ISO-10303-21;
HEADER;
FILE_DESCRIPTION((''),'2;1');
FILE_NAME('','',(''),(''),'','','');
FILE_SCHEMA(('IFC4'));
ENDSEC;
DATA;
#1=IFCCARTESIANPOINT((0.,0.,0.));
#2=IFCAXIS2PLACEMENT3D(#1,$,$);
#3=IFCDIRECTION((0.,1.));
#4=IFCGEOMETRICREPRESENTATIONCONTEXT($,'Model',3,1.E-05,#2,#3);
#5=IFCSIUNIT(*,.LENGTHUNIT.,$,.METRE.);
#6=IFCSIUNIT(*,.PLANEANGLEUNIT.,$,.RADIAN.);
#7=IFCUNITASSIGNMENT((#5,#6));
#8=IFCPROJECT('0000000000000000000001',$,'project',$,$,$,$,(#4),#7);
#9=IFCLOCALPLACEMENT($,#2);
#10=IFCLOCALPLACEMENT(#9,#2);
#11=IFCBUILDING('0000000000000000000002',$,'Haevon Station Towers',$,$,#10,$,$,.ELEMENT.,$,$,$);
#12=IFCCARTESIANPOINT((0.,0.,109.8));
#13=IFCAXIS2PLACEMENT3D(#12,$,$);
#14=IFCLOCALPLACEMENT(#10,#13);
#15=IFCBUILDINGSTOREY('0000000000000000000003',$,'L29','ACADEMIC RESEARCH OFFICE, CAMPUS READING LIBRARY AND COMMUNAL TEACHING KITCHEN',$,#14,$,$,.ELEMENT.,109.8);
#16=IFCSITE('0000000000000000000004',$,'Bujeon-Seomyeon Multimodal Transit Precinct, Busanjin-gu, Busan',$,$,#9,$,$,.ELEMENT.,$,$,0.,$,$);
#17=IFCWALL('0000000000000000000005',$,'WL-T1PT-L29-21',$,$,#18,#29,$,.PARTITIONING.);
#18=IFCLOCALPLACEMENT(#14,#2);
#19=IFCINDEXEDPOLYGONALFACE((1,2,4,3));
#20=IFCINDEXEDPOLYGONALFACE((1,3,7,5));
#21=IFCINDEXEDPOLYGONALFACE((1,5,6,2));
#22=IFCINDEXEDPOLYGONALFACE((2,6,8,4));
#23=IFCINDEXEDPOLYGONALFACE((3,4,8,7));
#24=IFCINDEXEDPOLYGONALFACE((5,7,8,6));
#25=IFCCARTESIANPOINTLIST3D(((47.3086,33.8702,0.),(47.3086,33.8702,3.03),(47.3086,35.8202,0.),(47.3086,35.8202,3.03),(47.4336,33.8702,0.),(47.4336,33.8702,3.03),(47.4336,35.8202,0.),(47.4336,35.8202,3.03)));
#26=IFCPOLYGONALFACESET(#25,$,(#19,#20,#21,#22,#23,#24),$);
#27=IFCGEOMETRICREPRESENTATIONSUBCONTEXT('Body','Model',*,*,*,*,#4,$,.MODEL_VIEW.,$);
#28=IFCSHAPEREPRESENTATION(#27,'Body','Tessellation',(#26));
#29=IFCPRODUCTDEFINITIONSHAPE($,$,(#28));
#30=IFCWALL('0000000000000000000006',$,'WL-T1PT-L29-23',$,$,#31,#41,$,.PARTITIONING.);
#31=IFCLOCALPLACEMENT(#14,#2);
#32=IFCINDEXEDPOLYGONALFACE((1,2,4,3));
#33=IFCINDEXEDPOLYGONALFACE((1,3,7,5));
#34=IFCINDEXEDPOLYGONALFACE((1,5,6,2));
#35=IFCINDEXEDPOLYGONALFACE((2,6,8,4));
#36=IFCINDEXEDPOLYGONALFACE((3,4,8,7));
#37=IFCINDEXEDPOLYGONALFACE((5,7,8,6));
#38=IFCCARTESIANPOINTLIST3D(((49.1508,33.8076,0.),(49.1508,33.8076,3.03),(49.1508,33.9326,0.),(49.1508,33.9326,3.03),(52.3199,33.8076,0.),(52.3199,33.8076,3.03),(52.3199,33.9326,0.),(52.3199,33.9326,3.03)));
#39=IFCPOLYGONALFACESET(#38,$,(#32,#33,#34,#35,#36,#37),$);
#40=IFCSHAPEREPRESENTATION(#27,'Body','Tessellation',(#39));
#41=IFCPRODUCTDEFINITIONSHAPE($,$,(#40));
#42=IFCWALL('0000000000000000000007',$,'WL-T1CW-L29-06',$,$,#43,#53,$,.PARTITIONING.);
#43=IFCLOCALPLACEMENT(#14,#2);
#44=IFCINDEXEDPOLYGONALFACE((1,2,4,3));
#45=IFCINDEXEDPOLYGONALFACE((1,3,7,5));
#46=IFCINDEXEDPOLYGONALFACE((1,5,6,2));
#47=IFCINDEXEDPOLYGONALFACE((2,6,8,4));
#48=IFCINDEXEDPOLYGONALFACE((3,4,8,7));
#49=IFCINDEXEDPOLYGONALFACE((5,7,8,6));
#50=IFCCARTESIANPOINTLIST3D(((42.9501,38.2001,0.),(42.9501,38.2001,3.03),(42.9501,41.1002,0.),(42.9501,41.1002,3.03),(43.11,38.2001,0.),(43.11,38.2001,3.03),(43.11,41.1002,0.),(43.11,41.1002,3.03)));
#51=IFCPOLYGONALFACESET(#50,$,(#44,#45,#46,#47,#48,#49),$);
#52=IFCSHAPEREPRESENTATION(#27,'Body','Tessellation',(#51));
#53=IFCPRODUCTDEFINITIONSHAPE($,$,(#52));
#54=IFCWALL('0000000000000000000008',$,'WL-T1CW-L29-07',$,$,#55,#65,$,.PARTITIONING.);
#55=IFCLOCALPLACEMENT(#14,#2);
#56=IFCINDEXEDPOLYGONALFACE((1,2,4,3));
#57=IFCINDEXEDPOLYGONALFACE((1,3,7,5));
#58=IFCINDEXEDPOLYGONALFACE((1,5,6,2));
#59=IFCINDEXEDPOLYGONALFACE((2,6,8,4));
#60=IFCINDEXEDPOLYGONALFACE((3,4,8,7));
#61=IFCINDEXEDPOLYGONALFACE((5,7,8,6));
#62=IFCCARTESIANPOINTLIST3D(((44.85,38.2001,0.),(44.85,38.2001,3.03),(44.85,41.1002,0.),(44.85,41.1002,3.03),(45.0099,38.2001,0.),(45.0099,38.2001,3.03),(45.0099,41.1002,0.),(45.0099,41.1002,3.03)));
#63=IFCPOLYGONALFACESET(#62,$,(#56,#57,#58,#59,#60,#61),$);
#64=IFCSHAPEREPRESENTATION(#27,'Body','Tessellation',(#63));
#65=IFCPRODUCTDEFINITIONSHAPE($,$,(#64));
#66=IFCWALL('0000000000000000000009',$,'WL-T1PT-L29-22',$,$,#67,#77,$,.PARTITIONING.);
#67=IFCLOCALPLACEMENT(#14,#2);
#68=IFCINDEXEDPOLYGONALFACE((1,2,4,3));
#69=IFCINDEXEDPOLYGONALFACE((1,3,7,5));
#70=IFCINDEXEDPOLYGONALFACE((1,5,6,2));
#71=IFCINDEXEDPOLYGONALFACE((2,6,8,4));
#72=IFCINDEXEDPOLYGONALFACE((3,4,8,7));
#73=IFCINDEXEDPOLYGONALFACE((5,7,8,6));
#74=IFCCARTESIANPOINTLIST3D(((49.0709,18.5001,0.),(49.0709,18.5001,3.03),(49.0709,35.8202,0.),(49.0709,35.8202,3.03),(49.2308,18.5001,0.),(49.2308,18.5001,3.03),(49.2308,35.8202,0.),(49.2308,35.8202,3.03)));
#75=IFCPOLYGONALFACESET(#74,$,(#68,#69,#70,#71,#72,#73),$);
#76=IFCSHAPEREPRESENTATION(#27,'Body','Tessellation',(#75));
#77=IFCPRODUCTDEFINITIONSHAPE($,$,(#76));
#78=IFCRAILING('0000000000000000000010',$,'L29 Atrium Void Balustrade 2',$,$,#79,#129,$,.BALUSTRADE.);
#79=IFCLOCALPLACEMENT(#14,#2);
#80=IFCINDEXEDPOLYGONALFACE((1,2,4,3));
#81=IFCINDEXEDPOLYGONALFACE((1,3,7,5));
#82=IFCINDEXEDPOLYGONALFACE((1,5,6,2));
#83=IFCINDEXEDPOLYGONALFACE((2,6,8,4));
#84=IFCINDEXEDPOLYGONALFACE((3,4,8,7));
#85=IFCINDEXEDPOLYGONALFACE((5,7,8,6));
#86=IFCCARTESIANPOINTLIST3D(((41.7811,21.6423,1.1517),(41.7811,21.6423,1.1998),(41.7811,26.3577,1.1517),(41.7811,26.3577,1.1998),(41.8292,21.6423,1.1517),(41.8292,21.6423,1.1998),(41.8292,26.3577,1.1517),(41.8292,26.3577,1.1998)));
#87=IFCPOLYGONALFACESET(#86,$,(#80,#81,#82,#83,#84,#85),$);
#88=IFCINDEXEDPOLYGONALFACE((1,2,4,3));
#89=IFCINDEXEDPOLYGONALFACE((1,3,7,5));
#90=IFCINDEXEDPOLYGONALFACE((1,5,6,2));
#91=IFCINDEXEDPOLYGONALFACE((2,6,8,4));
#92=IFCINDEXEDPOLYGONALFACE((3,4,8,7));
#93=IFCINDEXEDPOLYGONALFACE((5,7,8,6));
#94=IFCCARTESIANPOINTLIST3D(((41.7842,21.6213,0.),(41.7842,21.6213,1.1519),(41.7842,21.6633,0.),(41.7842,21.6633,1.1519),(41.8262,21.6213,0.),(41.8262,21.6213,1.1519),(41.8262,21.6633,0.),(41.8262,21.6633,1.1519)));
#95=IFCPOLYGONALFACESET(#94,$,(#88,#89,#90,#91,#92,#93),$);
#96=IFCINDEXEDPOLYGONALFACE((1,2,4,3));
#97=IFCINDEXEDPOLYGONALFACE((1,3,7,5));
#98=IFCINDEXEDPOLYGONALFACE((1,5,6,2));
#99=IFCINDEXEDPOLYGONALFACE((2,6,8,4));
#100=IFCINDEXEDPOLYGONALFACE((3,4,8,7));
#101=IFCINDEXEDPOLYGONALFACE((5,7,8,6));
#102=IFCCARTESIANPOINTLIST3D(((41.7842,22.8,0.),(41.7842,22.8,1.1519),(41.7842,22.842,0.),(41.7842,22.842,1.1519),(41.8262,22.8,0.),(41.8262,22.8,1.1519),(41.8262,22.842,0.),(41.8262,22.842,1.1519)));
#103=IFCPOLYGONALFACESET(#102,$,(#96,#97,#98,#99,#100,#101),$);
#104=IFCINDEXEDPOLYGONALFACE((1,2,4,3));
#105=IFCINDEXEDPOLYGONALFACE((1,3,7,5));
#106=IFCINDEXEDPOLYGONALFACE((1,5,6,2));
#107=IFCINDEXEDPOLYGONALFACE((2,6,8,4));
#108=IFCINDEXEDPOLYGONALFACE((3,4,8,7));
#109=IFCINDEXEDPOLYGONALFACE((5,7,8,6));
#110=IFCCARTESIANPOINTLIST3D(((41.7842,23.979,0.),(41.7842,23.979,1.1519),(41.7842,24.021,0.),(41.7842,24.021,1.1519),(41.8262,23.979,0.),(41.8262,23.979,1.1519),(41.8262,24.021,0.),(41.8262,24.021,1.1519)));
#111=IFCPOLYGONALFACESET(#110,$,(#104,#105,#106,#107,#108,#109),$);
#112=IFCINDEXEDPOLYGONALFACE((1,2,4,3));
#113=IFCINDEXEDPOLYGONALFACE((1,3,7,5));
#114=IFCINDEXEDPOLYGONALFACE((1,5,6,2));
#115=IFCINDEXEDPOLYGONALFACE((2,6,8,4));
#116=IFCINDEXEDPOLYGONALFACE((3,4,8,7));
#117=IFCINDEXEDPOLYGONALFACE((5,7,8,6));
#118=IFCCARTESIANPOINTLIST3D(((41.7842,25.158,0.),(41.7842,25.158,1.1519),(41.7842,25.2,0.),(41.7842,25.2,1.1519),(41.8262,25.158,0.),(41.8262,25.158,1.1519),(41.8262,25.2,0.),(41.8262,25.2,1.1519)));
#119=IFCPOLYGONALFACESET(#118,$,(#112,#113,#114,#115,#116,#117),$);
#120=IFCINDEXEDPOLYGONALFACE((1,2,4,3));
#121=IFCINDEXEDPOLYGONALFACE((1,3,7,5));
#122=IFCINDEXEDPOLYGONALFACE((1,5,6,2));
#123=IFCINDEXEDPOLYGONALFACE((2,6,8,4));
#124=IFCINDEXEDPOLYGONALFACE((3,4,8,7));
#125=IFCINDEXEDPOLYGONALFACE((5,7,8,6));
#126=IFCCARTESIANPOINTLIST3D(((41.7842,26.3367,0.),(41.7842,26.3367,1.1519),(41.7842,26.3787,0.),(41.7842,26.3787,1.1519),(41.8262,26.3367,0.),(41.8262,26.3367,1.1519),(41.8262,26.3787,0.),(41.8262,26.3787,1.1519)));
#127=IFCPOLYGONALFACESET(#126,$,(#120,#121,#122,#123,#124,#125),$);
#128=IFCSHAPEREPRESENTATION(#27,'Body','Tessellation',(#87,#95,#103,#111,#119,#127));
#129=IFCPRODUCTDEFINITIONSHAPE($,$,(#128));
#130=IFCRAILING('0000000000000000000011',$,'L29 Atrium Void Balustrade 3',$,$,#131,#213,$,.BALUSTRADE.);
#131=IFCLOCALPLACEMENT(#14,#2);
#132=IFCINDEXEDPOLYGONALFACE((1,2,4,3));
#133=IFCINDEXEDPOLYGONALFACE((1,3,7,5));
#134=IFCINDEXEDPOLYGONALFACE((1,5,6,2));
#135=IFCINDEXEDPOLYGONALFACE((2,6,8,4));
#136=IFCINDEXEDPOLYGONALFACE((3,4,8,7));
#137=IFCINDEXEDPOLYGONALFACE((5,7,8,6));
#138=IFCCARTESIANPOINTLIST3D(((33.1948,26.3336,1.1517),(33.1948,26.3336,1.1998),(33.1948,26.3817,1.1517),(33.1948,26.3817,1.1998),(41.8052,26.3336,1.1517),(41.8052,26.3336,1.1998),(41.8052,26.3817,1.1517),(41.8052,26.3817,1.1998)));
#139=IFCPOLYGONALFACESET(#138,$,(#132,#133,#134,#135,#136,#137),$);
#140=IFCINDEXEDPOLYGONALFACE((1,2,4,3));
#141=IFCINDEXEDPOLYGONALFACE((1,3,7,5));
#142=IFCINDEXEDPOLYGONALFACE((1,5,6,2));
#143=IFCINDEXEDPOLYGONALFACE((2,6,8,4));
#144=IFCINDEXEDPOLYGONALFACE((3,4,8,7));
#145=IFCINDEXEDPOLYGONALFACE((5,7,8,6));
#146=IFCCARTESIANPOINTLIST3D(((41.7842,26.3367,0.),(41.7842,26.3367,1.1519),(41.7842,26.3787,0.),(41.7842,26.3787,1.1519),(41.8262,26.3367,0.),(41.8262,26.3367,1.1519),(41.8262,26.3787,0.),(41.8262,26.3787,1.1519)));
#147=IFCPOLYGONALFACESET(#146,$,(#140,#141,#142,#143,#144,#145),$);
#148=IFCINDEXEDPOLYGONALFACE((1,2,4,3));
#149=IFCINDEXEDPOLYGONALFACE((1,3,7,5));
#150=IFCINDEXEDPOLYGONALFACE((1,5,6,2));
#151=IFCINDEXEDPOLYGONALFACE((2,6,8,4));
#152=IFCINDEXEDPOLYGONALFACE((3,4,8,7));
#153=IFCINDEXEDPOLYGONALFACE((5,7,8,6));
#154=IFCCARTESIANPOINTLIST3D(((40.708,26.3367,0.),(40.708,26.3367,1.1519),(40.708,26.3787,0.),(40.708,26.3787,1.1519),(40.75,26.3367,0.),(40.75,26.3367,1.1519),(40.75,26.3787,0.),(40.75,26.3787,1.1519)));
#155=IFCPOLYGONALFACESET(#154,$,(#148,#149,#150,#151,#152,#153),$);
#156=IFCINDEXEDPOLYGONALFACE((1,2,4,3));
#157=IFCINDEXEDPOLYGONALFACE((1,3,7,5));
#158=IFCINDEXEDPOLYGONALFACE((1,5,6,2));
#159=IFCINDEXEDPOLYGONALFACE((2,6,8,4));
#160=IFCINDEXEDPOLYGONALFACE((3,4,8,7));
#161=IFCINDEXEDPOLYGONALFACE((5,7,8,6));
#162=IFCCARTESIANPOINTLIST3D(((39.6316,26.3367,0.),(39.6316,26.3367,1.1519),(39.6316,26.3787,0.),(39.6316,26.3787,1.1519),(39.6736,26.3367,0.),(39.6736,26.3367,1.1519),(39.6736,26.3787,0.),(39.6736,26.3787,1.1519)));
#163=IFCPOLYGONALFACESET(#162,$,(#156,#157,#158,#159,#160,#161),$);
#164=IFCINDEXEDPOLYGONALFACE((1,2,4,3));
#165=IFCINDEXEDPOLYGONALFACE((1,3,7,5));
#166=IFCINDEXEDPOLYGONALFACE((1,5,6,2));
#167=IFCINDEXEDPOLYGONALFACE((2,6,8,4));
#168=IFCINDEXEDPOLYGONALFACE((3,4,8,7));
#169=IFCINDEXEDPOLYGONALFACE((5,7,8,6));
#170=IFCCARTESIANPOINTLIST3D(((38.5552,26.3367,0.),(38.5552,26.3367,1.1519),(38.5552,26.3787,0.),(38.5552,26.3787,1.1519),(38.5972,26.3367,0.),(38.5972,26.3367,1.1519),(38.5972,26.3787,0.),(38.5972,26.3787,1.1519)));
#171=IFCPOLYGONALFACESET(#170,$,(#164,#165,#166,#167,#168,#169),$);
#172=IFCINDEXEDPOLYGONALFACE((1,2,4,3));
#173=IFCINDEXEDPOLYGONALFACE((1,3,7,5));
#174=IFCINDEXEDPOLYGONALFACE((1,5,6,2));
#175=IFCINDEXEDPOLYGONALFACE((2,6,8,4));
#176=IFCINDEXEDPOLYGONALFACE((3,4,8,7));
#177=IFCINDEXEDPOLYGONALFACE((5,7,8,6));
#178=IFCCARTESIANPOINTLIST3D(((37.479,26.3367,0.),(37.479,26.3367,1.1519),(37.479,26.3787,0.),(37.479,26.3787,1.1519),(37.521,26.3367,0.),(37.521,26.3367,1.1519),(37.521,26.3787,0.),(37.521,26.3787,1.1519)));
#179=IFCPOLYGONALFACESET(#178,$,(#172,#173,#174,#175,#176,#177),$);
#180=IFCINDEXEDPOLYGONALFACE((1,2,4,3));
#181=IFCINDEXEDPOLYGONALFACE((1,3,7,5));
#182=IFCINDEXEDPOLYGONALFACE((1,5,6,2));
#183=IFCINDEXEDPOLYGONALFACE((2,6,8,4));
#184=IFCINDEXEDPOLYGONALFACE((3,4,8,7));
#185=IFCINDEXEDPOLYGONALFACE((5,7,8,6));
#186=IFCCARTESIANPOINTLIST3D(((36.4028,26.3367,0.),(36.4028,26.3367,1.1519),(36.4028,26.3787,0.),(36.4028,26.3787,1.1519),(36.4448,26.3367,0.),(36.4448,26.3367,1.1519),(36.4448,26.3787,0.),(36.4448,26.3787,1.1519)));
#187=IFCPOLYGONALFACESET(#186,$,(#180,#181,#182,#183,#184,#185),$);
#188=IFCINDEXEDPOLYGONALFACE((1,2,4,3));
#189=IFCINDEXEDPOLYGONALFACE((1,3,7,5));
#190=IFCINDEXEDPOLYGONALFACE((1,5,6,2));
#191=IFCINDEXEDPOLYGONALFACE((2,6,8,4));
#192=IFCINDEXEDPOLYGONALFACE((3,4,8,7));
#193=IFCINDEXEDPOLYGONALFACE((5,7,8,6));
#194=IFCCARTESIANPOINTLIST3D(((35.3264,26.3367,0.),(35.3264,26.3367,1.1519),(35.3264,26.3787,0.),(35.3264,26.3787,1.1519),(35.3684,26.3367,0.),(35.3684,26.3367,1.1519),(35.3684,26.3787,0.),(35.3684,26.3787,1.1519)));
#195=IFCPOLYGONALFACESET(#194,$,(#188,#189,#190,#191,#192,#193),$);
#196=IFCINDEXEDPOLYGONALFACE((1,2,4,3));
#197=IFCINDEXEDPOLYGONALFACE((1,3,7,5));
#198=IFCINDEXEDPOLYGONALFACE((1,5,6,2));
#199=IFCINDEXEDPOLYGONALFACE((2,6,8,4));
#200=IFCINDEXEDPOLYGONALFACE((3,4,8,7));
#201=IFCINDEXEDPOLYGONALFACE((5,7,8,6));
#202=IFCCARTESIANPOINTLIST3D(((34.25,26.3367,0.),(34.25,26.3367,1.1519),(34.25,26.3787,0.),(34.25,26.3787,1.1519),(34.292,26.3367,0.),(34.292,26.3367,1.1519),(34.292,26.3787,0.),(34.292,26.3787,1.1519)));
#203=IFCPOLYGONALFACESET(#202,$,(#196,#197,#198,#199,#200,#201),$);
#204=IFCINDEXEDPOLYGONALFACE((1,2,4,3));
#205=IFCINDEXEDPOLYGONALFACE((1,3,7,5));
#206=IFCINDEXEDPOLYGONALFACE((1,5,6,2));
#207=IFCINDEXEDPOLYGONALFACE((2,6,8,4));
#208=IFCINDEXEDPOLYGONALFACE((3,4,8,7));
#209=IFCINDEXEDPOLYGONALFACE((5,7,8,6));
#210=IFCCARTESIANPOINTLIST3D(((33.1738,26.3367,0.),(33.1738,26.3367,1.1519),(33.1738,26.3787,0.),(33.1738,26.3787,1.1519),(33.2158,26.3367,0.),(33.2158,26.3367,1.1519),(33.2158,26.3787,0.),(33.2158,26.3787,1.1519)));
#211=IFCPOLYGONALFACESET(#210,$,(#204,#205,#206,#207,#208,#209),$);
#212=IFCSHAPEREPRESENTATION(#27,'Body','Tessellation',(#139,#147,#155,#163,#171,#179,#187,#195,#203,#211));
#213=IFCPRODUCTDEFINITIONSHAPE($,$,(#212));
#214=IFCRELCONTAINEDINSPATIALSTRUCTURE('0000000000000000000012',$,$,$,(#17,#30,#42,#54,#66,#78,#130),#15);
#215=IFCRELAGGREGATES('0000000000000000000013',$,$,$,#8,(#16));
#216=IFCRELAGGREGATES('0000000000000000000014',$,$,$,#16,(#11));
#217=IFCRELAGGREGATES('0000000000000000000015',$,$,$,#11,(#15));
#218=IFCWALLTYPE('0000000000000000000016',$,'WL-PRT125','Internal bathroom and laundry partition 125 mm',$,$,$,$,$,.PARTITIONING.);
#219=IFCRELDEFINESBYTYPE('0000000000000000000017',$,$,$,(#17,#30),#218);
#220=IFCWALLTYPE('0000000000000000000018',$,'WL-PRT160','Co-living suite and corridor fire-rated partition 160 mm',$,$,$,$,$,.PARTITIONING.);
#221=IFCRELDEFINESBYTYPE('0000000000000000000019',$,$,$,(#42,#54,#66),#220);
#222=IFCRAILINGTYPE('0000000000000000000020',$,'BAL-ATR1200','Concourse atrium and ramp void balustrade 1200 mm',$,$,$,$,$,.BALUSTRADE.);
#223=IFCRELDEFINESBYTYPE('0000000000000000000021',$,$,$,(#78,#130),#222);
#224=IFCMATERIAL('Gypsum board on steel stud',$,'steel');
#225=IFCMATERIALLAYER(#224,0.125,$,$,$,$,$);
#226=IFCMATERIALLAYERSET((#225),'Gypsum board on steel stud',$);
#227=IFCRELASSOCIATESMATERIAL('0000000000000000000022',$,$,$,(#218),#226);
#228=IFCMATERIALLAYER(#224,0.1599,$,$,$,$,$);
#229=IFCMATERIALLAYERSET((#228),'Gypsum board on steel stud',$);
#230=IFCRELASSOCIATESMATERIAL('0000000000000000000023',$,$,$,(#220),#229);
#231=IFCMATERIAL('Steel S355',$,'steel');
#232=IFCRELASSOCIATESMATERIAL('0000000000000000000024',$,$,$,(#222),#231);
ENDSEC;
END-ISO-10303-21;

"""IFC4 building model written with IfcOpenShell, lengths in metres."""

from ifc_helpers import new_model, si_unit, direction, frame, frame_2d, origin, origin_2d, place, context, subcontext, project, spatial, rectangle, extrude, material, layer, layer_set, type_object, element, save


model = new_model("IFC4")

# Units and contexts
model_context = context("Model", 3, precision=1e-05, world=origin(), true_north=direction((0.0, 1.0)))
body_context = subcontext(model_context, "Body", "Model", "MODEL_VIEW")
ifc_project = project(units=[si_unit("LENGTHUNIT", "METRE"), si_unit("PLANEANGLEUNIT", "RADIAN")], contexts=[model_context])

# Site, building, storey
site_placement = place(None, origin())
site = spatial("IfcSite", under=ifc_project, at=site_placement, Name="Bujeon-Seomyeon Multimodal Transit Precinct, Busanjin-gu, Busan", CompositionType="ELEMENT", RefElevation=0.0)
building_placement = place(site_placement, origin())
building = spatial("IfcBuilding", under=site, at=building_placement, Name="Haevon Station Towers", CompositionType="ELEMENT")
storey_placement = place(building_placement, frame((0.0, 0.0, 109.8)))
storey = spatial("IfcBuildingStorey", under=building, at=storey_placement, Name="L29", Description="ACADEMIC RESEARCH OFFICE, CAMPUS READING LIBRARY AND COMMUNAL TEACHING KITCHEN", CompositionType="ELEMENT", Elevation=109.8)

# Shared definitions
ifc_material_1 = material(Name="Steel S355", Category="steel")

# Walls
ifc_material_2 = material(Name="Gypsum board on steel stud", Category="steel")
ifc_layer_1 = layer(ifc_material_2, 0.125)
ifc_layer_set_1 = layer_set([ifc_layer_1], Name="Gypsum board on steel stud")
wall_type_1 = type_object("IfcWallType", Name="WL-PRT125", Description="Internal bathroom and laundry partition 125 mm", PredefinedType="PARTITIONING", material=ifc_layer_set_1)
wall_1_placement = place(storey_placement, frame((47.3711, 33.8701, 0.0), z_axis=(0.0, 0.0, 1.0), x_axis=(0.0, 1.0, 0.0)))
element("IfcWall", 1, at=wall_1_placement, inside=storey, type_object=wall_type_1, Name="WL-T1PT-L29-21", PredefinedType="PARTITIONING", context=body_context, shape_type="SweptSolid", body=[
    extrude(rectangle(XDim=1.95, YDim=0.125, at=frame_2d((0.9751, 0.0))), origin(), (0.0, 0.0, 1.0), 3.03),
])
wall_2_placement = place(storey_placement, frame((49.1509, 33.8701, 0.0), z_axis=(0.0, 0.0, 1.0), x_axis=(1.0, 0.0, 0.0)))
element("IfcWall", 2, at=wall_2_placement, inside=storey, type_object=wall_type_1, Name="WL-T1PT-L29-23", PredefinedType="PARTITIONING", context=body_context, shape_type="SweptSolid", body=[
    extrude(rectangle(XDim=3.1692, YDim=0.125, at=frame_2d((1.5845, 0.0))), origin(), (0.0, 0.0, 1.0), 3.03),
])
ifc_layer_2 = layer(ifc_material_2, 0.1599)
ifc_layer_set_2 = layer_set([ifc_layer_2], Name="Gypsum board on steel stud")
wall_type_2 = type_object("IfcWallType", Name="WL-PRT160", Description="Co-living suite and corridor fire-rated partition 160 mm", PredefinedType="PARTITIONING", material=ifc_layer_set_2)
for number, where, z_axis, x_axis, name in (
    (3, (43.03, 38.2, 0.0), (0.0, 0.0, 1.0), (0.0, 1.0, 0.0), "WL-T1CW-L29-06"),
    (4, (44.9299, 38.2, 0.0), (0.0, 0.0, 1.0), (0.0, 1.0, 0.0), "WL-T1CW-L29-07"),
):
    element("IfcWall", number, at=place(storey_placement, frame(where, z_axis=z_axis, x_axis=x_axis)), inside=storey, type_object=wall_type_2, Name=name, PredefinedType="PARTITIONING", context=body_context, shape_type="SweptSolid", body=[
        extrude(rectangle(XDim=2.9001, YDim=0.1599, at=frame_2d((1.4502, 0.0))), origin(), (0.0, 0.0, 1.0), 3.03),
    ])
wall_3_placement = place(storey_placement, frame((49.1509, 18.5, 0.0), z_axis=(0.0, 0.0, 1.0), x_axis=(0.0, 1.0, 0.0)))
element("IfcWall", 5, at=wall_3_placement, inside=storey, type_object=wall_type_2, Name="WL-T1PT-L29-22", PredefinedType="PARTITIONING", context=body_context, shape_type="SweptSolid", body=[
    extrude(rectangle(XDim=17.3201, YDim=0.1599, at=frame_2d((8.6602, 0.0))), origin(), (0.0, 0.0, 1.0), 3.03),
])

# Railings
railing_type = type_object("IfcRailingType", Name="BAL-ATR1200", Description="Concourse atrium and ramp void balustrade 1200 mm", PredefinedType="BALUSTRADE", material=ifc_material_1)
railing_1_placement = place(storey_placement, frame((41.8052, 21.6423, 0.0)))
element("IfcRailing", 6, at=railing_1_placement, inside=storey, type_object=railing_type, Name="L29 Atrium Void Balustrade 2", PredefinedType="BALUSTRADE", context=body_context, shape_type="SweptSolid", body=[
    extrude(rectangle(XDim=0.0481, YDim=0.0481, at=origin_2d()), frame((0.0, 0.0, 1.1758), z_axis=(0.0, 1.0, 0.0), x_axis=(-1.0, 0.0, 0.0)), (0.0, 0.0, 1.0), 4.7153),
    extrude(rectangle(XDim=0.042, YDim=0.042, at=origin_2d()), origin(), (0.0, 0.0, 1.0), 1.1519),
    extrude(rectangle(XDim=0.042, YDim=0.042, at=origin_2d()), frame((0.0, 1.1787, 0.0)), (0.0, 0.0, 1.0), 1.1519),
    extrude(rectangle(XDim=0.042, YDim=0.042, at=origin_2d()), frame((0.0, 2.3577, 0.0)), (0.0, 0.0, 1.0), 1.1519),
    extrude(rectangle(XDim=0.042, YDim=0.042, at=origin_2d()), frame((0.0, 3.5366, 0.0)), (0.0, 0.0, 1.0), 1.1519),
    extrude(rectangle(XDim=0.042, YDim=0.042, at=origin_2d()), frame((0.0, 4.7153, 0.0)), (0.0, 0.0, 1.0), 1.1519),
])
railing_2_placement = place(storey_placement, frame((41.8052, 26.3577, 0.0)))
element("IfcRailing", 7, at=railing_2_placement, inside=storey, type_object=railing_type, Name="L29 Atrium Void Balustrade 3", PredefinedType="BALUSTRADE", context=body_context, shape_type="SweptSolid", body=[
    extrude(rectangle(XDim=0.0481, YDim=0.0481, at=origin_2d()), frame((0.0, 0.0, 1.1758), z_axis=(-1.0, 0.0, 0.0), x_axis=(0.0, -1.0, 0.0)), (0.0, 0.0, 1.0), 8.6104),
    extrude(rectangle(XDim=0.042, YDim=0.042, at=origin_2d()), origin(), (0.0, 0.0, 1.0), 1.1519),
    extrude(rectangle(XDim=0.042, YDim=0.042, at=origin_2d()), frame((-1.0762, 0.0, 0.0)), (0.0, 0.0, 1.0), 1.1519),
    extrude(rectangle(XDim=0.042, YDim=0.042, at=origin_2d()), frame((-2.1526, 0.0, 0.0)), (0.0, 0.0, 1.0), 1.1519),
    extrude(rectangle(XDim=0.042, YDim=0.042, at=origin_2d()), frame((-3.229, 0.0, 0.0)), (0.0, 0.0, 1.0), 1.1519),
    extrude(rectangle(XDim=0.042, YDim=0.042, at=origin_2d()), frame((-4.3052, 0.0, 0.0)), (0.0, 0.0, 1.0), 1.1519),
    extrude(rectangle(XDim=0.042, YDim=0.042, at=origin_2d()), frame((-5.3813, 0.0, 0.0)), (0.0, 0.0, 1.0), 1.1519),
    extrude(rectangle(XDim=0.042, YDim=0.042, at=origin_2d()), frame((-6.4578, 0.0, 0.0)), (0.0, 0.0, 1.0), 1.1519),
    extrude(rectangle(XDim=0.042, YDim=0.042, at=origin_2d()), frame((-7.5342, 0.0, 0.0)), (0.0, 0.0, 1.0), 1.1519),
    extrude(rectangle(XDim=0.042, YDim=0.042, at=origin_2d()), frame((-8.6104, 0.0, 0.0)), (0.0, 0.0, 1.0), 1.1519),
])

save(model, "model.ifc")
